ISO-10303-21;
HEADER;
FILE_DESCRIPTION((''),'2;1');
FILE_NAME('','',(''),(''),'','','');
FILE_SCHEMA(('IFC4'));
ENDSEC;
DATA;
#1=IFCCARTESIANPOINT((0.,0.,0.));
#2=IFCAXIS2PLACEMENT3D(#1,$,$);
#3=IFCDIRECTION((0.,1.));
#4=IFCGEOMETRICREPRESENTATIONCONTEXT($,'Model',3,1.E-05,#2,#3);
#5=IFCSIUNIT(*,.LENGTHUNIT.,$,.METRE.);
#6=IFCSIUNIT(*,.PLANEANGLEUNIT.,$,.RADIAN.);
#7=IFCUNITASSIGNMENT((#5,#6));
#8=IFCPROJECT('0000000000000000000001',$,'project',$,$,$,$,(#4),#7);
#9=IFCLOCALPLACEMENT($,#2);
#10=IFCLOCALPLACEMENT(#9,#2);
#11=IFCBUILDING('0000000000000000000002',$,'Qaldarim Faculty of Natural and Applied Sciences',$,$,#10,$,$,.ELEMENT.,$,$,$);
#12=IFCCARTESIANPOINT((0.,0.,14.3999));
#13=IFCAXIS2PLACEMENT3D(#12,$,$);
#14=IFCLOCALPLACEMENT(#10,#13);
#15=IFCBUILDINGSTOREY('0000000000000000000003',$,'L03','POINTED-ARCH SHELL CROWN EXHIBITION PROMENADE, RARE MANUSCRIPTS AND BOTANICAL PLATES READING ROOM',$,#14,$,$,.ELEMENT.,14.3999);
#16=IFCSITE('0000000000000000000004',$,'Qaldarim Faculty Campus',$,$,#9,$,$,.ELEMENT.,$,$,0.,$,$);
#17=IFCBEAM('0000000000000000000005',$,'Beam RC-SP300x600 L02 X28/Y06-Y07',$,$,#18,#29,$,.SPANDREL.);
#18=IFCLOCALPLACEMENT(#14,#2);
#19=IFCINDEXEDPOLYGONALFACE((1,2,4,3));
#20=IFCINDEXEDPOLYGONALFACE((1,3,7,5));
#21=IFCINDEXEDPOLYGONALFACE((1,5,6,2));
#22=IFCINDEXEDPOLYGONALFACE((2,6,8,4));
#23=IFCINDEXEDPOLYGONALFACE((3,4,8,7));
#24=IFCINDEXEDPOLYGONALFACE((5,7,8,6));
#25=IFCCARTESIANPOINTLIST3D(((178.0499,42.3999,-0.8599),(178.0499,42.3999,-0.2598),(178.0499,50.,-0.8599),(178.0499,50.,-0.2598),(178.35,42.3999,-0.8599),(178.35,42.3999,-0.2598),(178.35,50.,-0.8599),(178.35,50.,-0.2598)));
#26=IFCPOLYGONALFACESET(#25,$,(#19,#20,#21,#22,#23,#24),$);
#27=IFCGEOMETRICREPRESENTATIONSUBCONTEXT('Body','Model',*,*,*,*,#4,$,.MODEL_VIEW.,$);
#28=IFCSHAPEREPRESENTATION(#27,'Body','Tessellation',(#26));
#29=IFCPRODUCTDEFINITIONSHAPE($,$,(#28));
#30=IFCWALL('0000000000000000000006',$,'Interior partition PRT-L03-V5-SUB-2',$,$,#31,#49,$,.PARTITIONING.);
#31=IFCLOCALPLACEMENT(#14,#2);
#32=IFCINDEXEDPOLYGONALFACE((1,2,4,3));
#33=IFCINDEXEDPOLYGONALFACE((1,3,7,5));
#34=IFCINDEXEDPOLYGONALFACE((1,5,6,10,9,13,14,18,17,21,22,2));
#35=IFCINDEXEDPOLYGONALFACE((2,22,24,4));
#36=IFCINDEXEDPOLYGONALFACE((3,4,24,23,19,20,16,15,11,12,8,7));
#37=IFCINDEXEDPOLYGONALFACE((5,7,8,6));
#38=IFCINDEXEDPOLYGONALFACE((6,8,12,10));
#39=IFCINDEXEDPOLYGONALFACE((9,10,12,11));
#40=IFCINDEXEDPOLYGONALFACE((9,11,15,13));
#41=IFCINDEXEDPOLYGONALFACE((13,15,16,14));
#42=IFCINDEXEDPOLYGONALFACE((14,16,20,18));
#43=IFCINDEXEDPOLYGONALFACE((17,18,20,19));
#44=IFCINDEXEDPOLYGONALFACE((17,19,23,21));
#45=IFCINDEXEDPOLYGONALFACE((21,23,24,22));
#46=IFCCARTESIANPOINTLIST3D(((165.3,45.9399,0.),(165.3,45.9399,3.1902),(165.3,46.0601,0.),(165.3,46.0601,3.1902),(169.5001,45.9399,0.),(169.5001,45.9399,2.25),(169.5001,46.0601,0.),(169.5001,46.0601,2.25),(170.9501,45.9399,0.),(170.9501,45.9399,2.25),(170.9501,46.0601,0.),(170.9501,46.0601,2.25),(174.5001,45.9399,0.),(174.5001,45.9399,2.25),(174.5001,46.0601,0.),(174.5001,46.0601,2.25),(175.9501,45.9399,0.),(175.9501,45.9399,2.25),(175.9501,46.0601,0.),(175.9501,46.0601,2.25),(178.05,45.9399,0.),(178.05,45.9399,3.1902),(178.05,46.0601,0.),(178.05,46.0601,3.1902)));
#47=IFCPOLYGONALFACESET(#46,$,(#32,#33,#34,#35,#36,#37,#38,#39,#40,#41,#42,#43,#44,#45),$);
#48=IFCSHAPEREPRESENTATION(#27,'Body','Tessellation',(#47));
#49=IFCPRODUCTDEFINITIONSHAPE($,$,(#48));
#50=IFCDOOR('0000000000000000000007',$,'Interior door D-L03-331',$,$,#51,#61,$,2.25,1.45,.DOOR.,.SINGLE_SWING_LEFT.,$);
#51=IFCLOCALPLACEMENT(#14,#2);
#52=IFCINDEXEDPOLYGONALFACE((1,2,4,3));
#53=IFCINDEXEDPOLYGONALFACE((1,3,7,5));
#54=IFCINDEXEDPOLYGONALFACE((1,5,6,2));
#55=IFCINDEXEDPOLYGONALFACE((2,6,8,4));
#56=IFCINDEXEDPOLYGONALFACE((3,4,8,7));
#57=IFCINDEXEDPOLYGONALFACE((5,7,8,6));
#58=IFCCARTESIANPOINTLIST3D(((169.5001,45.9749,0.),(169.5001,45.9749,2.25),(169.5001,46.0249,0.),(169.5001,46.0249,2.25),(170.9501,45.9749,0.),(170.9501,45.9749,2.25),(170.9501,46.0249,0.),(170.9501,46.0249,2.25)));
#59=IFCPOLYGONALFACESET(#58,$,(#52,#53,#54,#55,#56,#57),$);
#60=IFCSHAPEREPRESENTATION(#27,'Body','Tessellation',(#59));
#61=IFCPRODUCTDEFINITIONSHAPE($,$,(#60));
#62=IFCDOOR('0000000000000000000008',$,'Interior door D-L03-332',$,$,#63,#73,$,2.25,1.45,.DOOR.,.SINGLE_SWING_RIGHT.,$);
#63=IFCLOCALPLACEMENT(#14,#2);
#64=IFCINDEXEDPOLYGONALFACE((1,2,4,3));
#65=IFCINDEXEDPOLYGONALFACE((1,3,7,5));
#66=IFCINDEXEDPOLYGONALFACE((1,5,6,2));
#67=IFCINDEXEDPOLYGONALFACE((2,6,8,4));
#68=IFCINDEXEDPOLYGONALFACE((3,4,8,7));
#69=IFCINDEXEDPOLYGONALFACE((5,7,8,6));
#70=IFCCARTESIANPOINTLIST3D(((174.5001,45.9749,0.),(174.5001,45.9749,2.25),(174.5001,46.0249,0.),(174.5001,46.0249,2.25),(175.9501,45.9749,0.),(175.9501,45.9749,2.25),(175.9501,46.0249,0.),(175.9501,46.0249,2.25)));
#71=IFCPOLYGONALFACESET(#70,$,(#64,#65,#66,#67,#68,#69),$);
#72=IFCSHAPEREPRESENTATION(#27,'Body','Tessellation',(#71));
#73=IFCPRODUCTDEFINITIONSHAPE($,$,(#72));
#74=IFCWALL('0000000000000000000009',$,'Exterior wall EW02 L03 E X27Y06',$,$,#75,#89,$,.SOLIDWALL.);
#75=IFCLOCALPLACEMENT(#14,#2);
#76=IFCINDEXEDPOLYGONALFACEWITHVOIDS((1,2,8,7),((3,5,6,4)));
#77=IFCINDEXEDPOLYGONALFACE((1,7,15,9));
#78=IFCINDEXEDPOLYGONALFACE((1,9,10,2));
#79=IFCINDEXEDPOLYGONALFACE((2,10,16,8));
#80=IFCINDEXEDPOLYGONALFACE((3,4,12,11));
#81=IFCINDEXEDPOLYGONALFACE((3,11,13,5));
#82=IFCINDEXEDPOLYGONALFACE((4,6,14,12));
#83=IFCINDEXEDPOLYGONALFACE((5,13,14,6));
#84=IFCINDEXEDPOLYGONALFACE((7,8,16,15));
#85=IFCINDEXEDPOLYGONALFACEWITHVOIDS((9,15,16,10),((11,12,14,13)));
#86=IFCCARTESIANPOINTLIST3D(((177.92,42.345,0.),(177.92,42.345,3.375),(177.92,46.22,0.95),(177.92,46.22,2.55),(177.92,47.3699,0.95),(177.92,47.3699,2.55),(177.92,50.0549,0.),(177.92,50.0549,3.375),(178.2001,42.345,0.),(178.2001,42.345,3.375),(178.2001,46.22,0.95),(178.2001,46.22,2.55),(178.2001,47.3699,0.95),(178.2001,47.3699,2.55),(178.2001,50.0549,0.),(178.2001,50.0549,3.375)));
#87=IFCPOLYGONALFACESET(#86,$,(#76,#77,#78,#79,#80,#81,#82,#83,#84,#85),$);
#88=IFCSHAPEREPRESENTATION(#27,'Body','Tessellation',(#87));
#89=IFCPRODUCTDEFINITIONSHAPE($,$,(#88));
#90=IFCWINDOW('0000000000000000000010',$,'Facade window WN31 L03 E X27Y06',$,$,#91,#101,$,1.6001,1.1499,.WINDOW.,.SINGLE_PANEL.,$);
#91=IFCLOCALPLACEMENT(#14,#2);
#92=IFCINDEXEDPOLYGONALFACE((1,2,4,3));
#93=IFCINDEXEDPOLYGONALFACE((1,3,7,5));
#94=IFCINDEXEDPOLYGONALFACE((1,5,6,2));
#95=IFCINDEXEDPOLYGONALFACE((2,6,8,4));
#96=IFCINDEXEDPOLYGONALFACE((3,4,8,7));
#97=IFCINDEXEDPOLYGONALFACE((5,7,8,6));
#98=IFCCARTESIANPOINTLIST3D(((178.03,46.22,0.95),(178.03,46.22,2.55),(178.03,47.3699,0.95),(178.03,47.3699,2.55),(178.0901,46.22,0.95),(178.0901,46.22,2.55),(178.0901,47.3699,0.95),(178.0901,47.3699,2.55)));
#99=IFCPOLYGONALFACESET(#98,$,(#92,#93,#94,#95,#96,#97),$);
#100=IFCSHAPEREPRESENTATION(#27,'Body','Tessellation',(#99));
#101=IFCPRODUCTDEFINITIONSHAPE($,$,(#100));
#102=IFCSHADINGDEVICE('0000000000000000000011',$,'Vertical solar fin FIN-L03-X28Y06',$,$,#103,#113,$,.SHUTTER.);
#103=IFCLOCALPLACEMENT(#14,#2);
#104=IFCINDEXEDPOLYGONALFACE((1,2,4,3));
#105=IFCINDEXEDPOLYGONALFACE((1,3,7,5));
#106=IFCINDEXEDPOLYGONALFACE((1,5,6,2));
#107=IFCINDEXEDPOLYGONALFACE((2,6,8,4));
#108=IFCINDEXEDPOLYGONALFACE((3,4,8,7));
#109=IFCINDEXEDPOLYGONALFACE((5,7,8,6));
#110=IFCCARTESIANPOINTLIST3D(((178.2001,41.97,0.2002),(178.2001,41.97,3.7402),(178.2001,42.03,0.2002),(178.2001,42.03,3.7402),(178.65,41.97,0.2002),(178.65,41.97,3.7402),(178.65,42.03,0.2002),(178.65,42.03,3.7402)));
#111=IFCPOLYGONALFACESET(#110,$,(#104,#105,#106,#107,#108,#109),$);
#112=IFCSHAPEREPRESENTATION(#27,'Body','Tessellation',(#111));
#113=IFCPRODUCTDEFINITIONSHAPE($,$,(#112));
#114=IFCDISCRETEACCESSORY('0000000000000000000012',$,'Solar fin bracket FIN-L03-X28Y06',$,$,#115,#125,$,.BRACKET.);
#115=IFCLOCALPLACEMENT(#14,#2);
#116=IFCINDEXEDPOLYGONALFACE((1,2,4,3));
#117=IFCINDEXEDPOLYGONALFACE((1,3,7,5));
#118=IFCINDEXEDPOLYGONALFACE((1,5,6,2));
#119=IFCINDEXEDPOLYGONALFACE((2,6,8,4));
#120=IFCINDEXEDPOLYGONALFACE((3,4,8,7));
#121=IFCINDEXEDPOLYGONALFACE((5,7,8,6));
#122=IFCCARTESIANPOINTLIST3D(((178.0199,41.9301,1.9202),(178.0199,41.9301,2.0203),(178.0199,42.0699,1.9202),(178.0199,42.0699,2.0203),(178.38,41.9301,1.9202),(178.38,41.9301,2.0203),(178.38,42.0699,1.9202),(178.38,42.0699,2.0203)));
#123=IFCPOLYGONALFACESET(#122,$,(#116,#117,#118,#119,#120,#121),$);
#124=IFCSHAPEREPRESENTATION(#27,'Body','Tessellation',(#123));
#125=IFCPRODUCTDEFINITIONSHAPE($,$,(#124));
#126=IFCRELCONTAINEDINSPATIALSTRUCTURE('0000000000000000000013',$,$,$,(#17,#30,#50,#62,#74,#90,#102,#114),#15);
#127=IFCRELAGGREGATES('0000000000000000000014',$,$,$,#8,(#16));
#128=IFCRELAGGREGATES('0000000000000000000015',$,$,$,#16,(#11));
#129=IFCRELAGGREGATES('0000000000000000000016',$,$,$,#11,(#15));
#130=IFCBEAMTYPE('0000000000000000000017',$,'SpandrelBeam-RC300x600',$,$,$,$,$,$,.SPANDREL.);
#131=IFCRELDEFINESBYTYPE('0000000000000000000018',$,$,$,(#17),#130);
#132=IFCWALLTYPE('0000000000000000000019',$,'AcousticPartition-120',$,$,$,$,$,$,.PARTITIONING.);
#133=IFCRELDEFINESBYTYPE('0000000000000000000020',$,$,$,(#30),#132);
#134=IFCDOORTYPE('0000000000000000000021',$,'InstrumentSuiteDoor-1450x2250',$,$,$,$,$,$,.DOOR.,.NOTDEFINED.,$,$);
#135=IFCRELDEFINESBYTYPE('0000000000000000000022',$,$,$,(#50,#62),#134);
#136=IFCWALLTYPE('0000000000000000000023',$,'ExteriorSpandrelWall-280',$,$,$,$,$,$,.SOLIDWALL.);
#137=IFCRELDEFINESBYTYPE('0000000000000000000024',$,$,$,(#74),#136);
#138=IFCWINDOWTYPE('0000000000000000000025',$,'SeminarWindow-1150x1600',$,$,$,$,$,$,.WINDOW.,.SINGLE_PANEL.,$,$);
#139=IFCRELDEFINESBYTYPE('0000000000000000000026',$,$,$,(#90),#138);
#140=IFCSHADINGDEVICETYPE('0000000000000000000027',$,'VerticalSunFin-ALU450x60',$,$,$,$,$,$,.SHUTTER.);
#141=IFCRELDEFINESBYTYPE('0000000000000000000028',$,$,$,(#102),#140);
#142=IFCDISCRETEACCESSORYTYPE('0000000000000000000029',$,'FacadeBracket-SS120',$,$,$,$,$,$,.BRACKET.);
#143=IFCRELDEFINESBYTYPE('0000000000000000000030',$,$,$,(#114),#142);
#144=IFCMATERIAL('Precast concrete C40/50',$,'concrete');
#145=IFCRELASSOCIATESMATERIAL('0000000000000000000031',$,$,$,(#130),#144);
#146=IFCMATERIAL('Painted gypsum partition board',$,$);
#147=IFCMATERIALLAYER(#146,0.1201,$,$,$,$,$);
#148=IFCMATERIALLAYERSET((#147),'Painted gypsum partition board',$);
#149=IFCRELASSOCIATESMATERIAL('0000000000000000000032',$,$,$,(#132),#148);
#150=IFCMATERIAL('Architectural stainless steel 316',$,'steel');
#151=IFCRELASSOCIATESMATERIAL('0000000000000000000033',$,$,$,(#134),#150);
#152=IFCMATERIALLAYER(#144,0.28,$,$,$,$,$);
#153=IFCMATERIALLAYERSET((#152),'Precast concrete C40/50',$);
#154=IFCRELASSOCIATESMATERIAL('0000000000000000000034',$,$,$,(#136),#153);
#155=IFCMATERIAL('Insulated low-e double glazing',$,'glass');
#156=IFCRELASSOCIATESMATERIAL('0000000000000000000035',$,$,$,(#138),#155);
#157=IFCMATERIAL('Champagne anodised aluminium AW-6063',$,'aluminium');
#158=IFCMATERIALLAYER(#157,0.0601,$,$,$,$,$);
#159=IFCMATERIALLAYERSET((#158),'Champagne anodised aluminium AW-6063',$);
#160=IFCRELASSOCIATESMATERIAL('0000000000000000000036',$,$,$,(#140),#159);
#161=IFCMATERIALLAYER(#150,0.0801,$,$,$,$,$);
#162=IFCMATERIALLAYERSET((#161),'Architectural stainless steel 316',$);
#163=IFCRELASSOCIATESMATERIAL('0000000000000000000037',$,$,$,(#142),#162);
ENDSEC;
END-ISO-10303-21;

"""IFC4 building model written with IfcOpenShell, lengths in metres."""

from ifc_helpers import new_model, si_unit, direction, frame, frame_2d, origin, origin_2d, place, context, subcontext, project, spatial, rectangle, extrude, material, layer, layer_set, material_profile, profile_set, type_object, element, fill, save


model = new_model("IFC4")

# Units and contexts
model_context = context("Model", 3, precision=1e-05, world=origin(), true_north=direction((0.0, 1.0)))
body_context = subcontext(model_context, "Body", "Model", "MODEL_VIEW")
ifc_project = project(units=[si_unit("LENGTHUNIT", "METRE"), si_unit("PLANEANGLEUNIT", "RADIAN")], contexts=[model_context])

# Site, building, storey
site_placement = place(None, origin())
site = spatial("IfcSite", under=ifc_project, at=site_placement, Name="Qaldarim Faculty Campus", CompositionType="ELEMENT", RefElevation=0.0)
building_placement = place(site_placement, origin())
building = spatial("IfcBuilding", under=site, at=building_placement, Name="Qaldarim Faculty of Natural and Applied Sciences", CompositionType="ELEMENT")
storey_placement = place(building_placement, frame((0.0, 0.0, 14.3999)))
storey = spatial("IfcBuildingStorey", under=building, at=storey_placement, Name="L03", Description="POINTED-ARCH SHELL CROWN EXHIBITION PROMENADE, RARE MANUSCRIPTS AND BOTANICAL PLATES READING ROOM", CompositionType="ELEMENT", Elevation=14.3999)

# Beam
ifc_material_1 = material(Name="Precast concrete C40/50", Category="concrete")
ifc_material_profile_1 = material_profile(ifc_material_1, rectangle(XDim=0.3, YDim=0.6001, at=origin_2d()), Name="RC-SP300x600")
ifc_profile_set_1 = profile_set([ifc_material_profile_1], Name="Precast concrete C40/50")
beam_type_1 = type_object("IfcBeamType", Name="SpandrelBeam-RC300x600", PredefinedType="SPANDREL", material=ifc_profile_set_1)
beam_1_placement = place(storey_placement, frame((178.2, 42.3999, -0.5598), z_axis=(0.0, 1.0, 0.0), x_axis=(-1.0, 0.0, 0.0)))
element("IfcBeam", 1, at=beam_1_placement, inside=storey, type_object=beam_type_1, Name="Beam RC-SP300x600 L02 X28/Y06-Y07", PredefinedType="SPANDREL", context=body_context, shape_type="SweptSolid", body=[
    extrude(rectangle(XDim=0.3, YDim=0.6001, at=origin_2d()), origin(), (0.0, 0.0, 1.0), 7.6001),
])

# Wall, openings, doors
ifc_material_2 = material(Name="Painted gypsum partition board")
ifc_layer_1 = layer(ifc_material_2, 0.1201)
ifc_layer_set_1 = layer_set([ifc_layer_1], Name="Painted gypsum partition board")
wall_type_1 = type_object("IfcWallType", Name="AcousticPartition-120", PredefinedType="PARTITIONING", material=ifc_layer_set_1)
wall_1_placement = place(storey_placement, frame((165.3, 46.0, 0.0), z_axis=(0.0, 0.0, 1.0), x_axis=(1.0, 0.0, 0.0)))
wall_1 = element("IfcWall", 2, at=wall_1_placement, inside=storey, type_object=wall_type_1, Name="Interior partition PRT-L03-V5-SUB-2", PredefinedType="PARTITIONING", context=body_context, shape_type="SweptSolid", body=[
    extrude(rectangle(XDim=12.75, YDim=0.1201, at=frame_2d((6.375, 0.0))), origin(), (0.0, 0.0, 1.0), 3.1902),
])
opening_1_placement = place(wall_1_placement, frame((4.2, 0.0, 0.0)))
opening_1 = element("IfcOpeningElement", 3, at=opening_1_placement, cuts=wall_1, PredefinedType="OPENING", context=body_context, shape_type="SweptSolid", body=[
    extrude(rectangle(XDim=1.45, YDim=2.25, at=frame_2d((0.7251, 1.125))), frame((0.0, 0.0701, 0.0), z_axis=(0.0, -1.0, 0.0), x_axis=(1.0, 0.0, 0.0)), (0.0, 0.0, 1.0), 0.1401),
])
opening_2_placement = place(wall_1_placement, frame((9.2, 0.0, 0.0)))
opening_2 = element("IfcOpeningElement", 4, at=opening_2_placement, cuts=wall_1, PredefinedType="OPENING", context=body_context, shape_type="SweptSolid", body=[
    extrude(rectangle(XDim=1.45, YDim=2.25, at=frame_2d((0.7251, 1.125))), frame((0.0, 0.0701, 0.0), z_axis=(0.0, -1.0, 0.0), x_axis=(1.0, 0.0, 0.0)), (0.0, 0.0, 1.0), 0.1401),
])
ifc_material_3 = material(Name="Architectural stainless steel 316", Category="steel")
door_type_1 = type_object("IfcDoorType", Name="InstrumentSuiteDoor-1450x2250", OperationType="NOTDEFINED", PredefinedType="DOOR", material=ifc_material_3)
door_1_placement = place(opening_1_placement, origin())
door_1 = element("IfcDoor", 5, at=door_1_placement, inside=storey, type_object=door_type_1, Name="Interior door D-L03-331", OperationType="SINGLE_SWING_LEFT", OverallHeight=2.25, OverallWidth=1.45, PredefinedType="DOOR", context=body_context, shape_type="SweptSolid", body=[
    extrude(rectangle(XDim=1.45, YDim=2.25, at=frame_2d((0.7251, 1.125))), frame((0.0, 0.0249, 0.0), z_axis=(0.0, -1.0, 0.0), x_axis=(1.0, 0.0, 0.0)), (0.0, 0.0, 1.0), 0.05),
])
fill(opening_1, door_1)
door_2_placement = place(opening_2_placement, origin())
door_2 = element("IfcDoor", 6, at=door_2_placement, inside=storey, type_object=door_type_1, Name="Interior door D-L03-332", OperationType="SINGLE_SWING_RIGHT", OverallHeight=2.25, OverallWidth=1.45, PredefinedType="DOOR", context=body_context, shape_type="SweptSolid", body=[
    extrude(rectangle(XDim=1.45, YDim=2.25, at=frame_2d((0.7251, 1.125))), frame((0.0, 0.0249, 0.0), z_axis=(0.0, -1.0, 0.0), x_axis=(1.0, 0.0, 0.0)), (0.0, 0.0, 1.0), 0.05),
])
fill(opening_2, door_2)

# Wall, opening, window
ifc_layer_2 = layer(ifc_material_1, 0.28)
ifc_layer_set_2 = layer_set([ifc_layer_2], Name="Precast concrete C40/50")
wall_type_2 = type_object("IfcWallType", Name="ExteriorSpandrelWall-280", PredefinedType="SOLIDWALL", material=ifc_layer_set_2)
wall_2_placement = place(storey_placement, frame((178.0601, 42.345, 0.0), z_axis=(0.0, 0.0, 1.0), x_axis=(0.0, 1.0, 0.0)))
wall_2 = element("IfcWall", 7, at=wall_2_placement, inside=storey, type_object=wall_type_2, Name="Exterior wall EW02 L03 E X27Y06", PredefinedType="SOLIDWALL", context=body_context, shape_type="SweptSolid", body=[
    extrude(rectangle(XDim=7.71, YDim=0.28, at=frame_2d((3.855, 0.0))), origin(), (0.0, 0.0, 1.0), 3.375),
])
opening_3_placement = place(wall_2_placement, frame((3.875, 0.0, 0.95)))
opening_3 = element("IfcOpeningElement", 8, at=opening_3_placement, cuts=wall_2, PredefinedType="OPENING", context=body_context, shape_type="SweptSolid", body=[
    extrude(rectangle(XDim=1.1499, YDim=1.6001, at=frame_2d((0.575, 0.8))), frame((0.0, 0.1499, 0.0), z_axis=(0.0, -1.0, 0.0), x_axis=(1.0, 0.0, 0.0)), (0.0, 0.0, 1.0), 0.3),
])
ifc_material_4 = material(Name="Insulated low-e double glazing", Category="glass")
window_type = type_object("IfcWindowType", Name="SeminarWindow-1150x1600", PartitioningType="SINGLE_PANEL", PredefinedType="WINDOW", material=ifc_material_4)
window_placement = place(opening_3_placement, origin())
window = element("IfcWindow", 9, at=window_placement, inside=storey, type_object=window_type, Name="Facade window WN31 L03 E X27Y06", OverallHeight=1.6001, OverallWidth=1.1499, PartitioningType="SINGLE_PANEL", PredefinedType="WINDOW", context=body_context, shape_type="SweptSolid", body=[
    extrude(rectangle(XDim=1.1499, YDim=1.6001, at=frame_2d((0.575, 0.8))), frame((0.0, 0.03, 0.0), z_axis=(0.0, -1.0, 0.0), x_axis=(1.0, 0.0, 0.0)), (0.0, 0.0, 1.0), 0.0601),
])
fill(opening_3, window)

# Shading device
ifc_material_5 = material(Name="Champagne anodised aluminium AW-6063", Category="aluminium")
ifc_layer_3 = layer(ifc_material_5, 0.0601)
ifc_layer_set_3 = layer_set([ifc_layer_3], Name="Champagne anodised aluminium AW-6063")
shading_device_type = type_object("IfcShadingDeviceType", Name="VerticalSunFin-ALU450x60", PredefinedType="SHUTTER", material=ifc_layer_set_3)
shading_device_placement = place(storey_placement, frame((178.425, 42.0, 0.2002), z_axis=(0.0, 0.0, 1.0), x_axis=(1.0, 0.0, 0.0)))
element("IfcShadingDevice", 10, at=shading_device_placement, inside=storey, type_object=shading_device_type, Name="Vertical solar fin FIN-L03-X28Y06", PredefinedType="SHUTTER", context=body_context, shape_type="SweptSolid", body=[
    extrude(rectangle(XDim=0.45, YDim=0.0601, at=origin_2d()), origin(), (0.0, 0.0, 1.0), 3.54),
])

# Discrete accessory
ifc_layer_4 = layer(ifc_material_3, 0.0801)
ifc_layer_set_4 = layer_set([ifc_layer_4], Name="Architectural stainless steel 316")
discrete_accessory_type = type_object("IfcDiscreteAccessoryType", Name="FacadeBracket-SS120", PredefinedType="BRACKET", material=ifc_layer_set_4)
discrete_accessory_placement = place(storey_placement, frame((178.2, 42.0, 1.9202), z_axis=(0.0, 0.0, 1.0), x_axis=(1.0, 0.0, 0.0)))
element("IfcDiscreteAccessory", 11, at=discrete_accessory_placement, inside=storey, type_object=discrete_accessory_type, Name="Solar fin bracket FIN-L03-X28Y06", PredefinedType="BRACKET", context=body_context, shape_type="SweptSolid", body=[
    extrude(rectangle(XDim=0.3601, YDim=0.1399, at=origin_2d()), origin(), (0.0, 0.0, 1.0), 0.1001),
])

save(model, "model.ifc")
